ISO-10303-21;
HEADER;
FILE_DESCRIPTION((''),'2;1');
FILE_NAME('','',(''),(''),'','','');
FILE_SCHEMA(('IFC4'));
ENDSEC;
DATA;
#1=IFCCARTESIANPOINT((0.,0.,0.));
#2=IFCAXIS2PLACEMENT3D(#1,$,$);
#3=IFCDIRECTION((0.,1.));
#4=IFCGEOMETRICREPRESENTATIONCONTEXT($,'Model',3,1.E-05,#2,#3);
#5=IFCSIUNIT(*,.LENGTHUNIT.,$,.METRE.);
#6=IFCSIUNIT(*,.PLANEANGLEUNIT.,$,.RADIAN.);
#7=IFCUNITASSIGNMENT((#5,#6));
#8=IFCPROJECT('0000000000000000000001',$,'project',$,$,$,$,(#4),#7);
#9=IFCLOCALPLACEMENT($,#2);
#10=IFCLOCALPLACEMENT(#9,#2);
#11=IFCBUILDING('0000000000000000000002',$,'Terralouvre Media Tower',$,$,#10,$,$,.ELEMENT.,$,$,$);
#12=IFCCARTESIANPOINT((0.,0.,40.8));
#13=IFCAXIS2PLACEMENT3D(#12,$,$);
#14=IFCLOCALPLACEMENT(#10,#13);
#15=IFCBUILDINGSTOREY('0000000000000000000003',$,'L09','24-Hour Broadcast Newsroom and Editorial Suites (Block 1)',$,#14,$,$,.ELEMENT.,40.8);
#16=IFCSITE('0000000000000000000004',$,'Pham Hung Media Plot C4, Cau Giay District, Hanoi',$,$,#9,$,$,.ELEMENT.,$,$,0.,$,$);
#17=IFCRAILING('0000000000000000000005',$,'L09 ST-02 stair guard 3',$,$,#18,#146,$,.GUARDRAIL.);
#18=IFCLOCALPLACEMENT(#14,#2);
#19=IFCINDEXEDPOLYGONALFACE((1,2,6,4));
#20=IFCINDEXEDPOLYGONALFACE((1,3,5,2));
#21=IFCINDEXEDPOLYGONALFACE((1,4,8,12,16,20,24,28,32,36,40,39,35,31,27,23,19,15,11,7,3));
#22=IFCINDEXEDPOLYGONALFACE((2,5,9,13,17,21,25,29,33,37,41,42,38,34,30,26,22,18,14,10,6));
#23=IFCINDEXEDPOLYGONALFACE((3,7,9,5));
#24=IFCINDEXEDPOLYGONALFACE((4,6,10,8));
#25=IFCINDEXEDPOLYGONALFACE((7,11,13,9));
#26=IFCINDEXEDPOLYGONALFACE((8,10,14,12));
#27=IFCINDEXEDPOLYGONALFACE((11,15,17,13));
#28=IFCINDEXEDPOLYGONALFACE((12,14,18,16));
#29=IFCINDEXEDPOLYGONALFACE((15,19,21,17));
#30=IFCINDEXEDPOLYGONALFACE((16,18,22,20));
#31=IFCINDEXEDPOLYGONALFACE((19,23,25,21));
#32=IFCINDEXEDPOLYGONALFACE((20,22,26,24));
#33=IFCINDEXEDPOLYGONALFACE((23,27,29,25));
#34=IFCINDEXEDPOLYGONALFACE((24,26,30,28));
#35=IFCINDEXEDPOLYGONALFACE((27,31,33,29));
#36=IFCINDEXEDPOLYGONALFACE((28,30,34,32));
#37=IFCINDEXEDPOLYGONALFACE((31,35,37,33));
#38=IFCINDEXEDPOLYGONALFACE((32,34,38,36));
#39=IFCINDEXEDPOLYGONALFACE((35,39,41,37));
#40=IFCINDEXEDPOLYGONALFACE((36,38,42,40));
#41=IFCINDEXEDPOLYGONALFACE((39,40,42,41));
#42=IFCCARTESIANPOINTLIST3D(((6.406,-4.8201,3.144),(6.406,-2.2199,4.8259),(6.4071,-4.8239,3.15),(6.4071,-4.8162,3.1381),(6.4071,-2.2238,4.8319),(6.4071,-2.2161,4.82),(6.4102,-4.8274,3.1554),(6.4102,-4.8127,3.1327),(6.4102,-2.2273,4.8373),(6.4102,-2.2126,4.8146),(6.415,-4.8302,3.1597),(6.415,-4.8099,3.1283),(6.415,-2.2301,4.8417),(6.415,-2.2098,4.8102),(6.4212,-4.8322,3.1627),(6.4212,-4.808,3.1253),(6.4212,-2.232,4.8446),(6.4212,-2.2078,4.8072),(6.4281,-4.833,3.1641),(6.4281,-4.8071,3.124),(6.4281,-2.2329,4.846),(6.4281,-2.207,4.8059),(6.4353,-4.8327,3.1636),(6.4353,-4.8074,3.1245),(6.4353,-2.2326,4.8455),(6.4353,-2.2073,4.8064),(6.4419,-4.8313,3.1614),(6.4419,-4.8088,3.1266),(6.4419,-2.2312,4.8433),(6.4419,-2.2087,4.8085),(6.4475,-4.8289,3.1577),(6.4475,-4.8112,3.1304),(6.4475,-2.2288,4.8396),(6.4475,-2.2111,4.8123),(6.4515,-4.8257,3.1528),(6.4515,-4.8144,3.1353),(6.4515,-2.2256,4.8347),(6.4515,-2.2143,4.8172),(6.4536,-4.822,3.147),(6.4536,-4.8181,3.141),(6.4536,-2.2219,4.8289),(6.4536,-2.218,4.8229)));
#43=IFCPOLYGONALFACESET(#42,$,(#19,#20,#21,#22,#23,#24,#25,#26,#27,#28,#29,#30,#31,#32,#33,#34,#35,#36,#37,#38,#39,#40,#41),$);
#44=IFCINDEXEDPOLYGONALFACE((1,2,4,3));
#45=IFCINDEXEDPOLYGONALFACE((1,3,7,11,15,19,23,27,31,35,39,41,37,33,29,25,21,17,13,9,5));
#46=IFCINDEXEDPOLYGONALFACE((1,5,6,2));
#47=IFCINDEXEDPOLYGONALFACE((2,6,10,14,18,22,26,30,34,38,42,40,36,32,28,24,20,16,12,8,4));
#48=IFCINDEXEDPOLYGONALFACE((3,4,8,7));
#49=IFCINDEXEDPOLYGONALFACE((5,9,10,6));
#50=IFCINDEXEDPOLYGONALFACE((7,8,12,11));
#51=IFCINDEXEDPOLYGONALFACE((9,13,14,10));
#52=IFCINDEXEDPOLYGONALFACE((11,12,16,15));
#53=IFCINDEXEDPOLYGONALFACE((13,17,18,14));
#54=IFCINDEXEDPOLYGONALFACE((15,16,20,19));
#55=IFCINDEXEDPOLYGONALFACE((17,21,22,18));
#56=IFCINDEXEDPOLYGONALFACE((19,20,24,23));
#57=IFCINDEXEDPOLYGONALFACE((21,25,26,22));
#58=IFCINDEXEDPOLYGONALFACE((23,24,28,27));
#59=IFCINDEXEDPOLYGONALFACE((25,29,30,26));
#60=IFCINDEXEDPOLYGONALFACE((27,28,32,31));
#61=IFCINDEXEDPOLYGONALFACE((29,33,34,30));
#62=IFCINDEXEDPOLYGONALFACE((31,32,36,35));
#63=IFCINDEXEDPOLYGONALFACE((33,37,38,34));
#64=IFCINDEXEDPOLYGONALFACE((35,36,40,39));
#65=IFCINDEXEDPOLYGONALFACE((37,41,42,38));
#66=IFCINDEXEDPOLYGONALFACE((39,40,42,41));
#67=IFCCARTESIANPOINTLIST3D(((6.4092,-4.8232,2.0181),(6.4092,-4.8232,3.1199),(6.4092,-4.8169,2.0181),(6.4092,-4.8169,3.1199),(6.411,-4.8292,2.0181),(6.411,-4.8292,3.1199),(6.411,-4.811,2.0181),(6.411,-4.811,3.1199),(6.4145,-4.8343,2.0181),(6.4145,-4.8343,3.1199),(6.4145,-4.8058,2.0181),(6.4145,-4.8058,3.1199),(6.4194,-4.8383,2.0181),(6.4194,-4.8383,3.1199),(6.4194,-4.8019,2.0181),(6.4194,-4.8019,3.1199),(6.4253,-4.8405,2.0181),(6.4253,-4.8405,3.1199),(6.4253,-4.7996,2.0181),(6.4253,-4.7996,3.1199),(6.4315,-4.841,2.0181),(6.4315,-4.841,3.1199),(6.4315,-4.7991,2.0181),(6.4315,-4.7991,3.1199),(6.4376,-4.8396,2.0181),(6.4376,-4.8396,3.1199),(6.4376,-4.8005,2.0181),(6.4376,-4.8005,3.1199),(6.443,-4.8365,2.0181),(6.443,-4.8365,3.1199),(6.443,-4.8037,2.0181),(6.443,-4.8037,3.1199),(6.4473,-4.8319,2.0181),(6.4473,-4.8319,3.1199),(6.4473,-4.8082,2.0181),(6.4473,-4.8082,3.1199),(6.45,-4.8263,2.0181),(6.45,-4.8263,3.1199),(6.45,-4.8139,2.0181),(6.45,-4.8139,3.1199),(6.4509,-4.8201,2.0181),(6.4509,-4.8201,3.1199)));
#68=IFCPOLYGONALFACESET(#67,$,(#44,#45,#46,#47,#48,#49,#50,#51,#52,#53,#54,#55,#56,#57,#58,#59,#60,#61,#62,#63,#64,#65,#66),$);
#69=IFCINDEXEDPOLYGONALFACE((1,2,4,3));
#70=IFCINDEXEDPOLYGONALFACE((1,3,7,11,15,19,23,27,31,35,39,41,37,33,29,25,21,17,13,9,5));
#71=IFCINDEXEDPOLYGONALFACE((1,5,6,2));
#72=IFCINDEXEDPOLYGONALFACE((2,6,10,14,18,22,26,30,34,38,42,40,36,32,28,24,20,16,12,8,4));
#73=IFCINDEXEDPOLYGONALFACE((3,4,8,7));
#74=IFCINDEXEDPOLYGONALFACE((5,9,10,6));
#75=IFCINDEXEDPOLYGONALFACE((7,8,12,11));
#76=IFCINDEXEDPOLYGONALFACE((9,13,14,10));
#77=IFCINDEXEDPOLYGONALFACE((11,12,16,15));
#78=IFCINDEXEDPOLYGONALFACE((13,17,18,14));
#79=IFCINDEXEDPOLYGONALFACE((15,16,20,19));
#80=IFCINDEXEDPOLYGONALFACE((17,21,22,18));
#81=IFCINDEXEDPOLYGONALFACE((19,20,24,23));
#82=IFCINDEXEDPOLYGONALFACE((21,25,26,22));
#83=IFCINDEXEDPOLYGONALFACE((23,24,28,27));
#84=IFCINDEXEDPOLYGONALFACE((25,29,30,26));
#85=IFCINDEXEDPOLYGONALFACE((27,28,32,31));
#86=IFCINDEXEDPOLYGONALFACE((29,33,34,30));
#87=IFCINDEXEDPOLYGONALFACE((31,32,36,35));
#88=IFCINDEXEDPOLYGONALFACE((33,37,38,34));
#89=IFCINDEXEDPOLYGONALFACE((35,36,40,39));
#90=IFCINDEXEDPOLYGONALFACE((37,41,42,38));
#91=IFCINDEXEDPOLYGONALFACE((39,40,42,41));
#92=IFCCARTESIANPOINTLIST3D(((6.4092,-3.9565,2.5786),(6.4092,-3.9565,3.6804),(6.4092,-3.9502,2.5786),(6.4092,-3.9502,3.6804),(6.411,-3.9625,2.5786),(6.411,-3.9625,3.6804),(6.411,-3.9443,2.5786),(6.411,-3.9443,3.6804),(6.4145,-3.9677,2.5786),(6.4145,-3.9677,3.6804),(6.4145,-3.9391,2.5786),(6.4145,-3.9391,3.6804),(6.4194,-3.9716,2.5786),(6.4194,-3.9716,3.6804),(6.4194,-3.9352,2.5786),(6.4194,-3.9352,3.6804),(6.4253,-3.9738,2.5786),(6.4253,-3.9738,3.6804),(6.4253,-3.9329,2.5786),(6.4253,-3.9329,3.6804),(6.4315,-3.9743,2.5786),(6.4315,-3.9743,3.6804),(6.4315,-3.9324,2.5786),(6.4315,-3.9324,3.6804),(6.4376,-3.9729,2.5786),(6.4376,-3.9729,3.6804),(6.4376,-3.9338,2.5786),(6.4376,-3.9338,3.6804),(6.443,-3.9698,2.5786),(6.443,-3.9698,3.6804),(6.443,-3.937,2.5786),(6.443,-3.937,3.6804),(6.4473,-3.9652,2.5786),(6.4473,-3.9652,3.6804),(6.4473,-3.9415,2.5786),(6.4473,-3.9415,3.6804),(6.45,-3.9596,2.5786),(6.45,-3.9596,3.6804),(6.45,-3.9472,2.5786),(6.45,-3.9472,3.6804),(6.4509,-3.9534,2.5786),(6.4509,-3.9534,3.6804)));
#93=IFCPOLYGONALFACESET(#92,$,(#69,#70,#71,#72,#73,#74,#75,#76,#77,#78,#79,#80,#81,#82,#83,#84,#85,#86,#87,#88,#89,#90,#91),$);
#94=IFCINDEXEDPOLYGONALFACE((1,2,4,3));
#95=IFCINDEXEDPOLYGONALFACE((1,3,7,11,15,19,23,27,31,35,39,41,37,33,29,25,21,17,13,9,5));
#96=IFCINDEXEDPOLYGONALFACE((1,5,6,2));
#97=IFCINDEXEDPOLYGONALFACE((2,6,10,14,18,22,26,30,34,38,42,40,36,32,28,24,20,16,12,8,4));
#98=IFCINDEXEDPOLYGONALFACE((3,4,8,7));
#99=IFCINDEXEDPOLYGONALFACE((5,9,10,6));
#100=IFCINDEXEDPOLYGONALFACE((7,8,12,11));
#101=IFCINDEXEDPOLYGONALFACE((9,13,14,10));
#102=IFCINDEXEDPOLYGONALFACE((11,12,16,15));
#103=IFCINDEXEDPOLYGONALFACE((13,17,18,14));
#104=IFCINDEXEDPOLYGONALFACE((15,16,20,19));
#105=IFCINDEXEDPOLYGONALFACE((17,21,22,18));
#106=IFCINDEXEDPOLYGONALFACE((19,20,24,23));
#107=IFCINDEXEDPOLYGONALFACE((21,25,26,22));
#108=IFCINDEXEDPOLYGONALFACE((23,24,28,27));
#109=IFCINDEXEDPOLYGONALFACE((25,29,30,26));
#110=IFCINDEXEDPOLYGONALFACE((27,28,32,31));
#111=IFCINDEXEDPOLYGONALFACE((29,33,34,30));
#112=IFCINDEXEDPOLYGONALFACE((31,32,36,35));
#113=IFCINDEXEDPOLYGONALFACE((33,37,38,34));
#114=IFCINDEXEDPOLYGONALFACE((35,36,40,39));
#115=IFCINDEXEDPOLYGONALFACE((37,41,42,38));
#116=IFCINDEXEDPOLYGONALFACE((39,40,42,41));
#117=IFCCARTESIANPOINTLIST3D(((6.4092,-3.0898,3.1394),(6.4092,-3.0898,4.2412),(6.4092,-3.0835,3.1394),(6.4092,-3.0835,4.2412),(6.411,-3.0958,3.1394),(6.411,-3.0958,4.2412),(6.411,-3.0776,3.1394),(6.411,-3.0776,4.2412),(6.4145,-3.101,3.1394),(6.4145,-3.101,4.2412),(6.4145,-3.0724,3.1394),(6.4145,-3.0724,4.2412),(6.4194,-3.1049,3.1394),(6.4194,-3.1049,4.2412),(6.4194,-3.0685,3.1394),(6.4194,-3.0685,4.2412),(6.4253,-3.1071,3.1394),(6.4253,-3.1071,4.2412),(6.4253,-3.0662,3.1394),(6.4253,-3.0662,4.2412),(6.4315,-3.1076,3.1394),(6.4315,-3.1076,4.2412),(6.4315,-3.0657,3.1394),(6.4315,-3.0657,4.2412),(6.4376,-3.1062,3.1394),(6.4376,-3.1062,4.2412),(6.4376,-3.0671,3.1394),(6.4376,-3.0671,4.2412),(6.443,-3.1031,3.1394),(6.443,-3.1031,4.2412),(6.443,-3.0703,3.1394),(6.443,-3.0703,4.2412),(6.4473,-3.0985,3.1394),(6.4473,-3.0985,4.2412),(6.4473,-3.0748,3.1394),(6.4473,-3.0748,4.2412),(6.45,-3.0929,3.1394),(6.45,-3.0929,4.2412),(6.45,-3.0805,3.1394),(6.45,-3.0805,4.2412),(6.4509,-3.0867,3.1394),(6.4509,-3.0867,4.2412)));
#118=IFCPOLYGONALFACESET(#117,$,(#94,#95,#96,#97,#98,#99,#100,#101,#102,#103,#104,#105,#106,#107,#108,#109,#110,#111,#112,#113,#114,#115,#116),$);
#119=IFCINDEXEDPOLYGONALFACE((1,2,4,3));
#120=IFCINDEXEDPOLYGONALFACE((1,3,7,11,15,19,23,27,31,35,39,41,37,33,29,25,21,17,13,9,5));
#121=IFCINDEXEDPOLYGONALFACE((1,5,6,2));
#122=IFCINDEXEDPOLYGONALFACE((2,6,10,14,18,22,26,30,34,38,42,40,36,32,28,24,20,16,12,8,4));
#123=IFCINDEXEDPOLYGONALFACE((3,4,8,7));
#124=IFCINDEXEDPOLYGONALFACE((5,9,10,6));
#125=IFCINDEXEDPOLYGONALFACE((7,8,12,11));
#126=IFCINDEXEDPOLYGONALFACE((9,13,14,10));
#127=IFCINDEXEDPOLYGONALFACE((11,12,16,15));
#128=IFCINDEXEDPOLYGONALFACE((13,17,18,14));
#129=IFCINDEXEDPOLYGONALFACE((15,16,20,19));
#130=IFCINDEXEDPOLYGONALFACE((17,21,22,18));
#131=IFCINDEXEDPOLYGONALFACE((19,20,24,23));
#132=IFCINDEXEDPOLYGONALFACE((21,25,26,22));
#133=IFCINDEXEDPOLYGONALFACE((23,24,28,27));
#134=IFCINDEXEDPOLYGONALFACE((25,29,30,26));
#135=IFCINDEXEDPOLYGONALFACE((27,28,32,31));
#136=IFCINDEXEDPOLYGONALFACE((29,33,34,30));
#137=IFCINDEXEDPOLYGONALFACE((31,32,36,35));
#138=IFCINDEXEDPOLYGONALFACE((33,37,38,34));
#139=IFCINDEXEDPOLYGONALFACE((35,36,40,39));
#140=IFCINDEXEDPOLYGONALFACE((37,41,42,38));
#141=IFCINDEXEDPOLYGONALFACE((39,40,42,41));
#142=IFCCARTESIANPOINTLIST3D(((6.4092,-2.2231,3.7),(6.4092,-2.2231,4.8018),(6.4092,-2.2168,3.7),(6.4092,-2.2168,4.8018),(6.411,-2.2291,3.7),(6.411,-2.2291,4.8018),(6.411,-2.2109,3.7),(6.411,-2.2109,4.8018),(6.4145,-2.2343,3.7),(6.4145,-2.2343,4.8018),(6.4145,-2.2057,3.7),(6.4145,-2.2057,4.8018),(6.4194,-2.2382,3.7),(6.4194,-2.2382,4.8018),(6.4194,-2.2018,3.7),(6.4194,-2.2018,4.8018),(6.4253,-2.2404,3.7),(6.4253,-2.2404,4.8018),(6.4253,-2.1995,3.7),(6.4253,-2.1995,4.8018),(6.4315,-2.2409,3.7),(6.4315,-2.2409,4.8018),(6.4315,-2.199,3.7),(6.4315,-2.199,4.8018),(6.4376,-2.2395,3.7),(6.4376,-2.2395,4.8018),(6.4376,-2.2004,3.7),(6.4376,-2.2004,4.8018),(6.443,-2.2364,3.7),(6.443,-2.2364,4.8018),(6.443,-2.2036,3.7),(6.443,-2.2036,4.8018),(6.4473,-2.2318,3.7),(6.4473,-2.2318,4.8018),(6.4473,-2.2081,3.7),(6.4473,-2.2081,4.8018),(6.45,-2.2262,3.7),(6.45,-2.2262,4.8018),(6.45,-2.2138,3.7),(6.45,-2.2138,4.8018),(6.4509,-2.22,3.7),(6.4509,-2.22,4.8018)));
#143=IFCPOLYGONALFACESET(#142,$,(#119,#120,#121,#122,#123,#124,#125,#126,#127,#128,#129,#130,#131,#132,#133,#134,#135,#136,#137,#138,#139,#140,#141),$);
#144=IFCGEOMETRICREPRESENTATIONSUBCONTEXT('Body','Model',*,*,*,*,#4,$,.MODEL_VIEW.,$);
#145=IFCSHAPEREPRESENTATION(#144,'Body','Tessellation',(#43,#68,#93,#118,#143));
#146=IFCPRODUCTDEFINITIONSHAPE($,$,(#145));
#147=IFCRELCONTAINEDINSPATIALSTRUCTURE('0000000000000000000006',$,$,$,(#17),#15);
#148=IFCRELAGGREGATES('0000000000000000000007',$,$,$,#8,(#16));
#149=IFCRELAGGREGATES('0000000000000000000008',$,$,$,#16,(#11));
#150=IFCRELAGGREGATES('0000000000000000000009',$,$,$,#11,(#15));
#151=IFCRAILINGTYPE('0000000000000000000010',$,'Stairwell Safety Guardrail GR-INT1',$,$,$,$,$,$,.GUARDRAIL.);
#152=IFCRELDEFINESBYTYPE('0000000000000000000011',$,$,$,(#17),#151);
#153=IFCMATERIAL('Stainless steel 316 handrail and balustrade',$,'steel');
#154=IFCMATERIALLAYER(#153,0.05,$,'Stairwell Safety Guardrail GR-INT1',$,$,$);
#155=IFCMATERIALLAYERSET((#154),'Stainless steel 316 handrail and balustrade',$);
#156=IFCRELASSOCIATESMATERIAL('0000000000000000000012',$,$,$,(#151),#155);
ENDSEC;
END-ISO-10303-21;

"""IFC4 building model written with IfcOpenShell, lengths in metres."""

from ifc_helpers import new_model, si_unit, direction, frame, origin, origin_2d, place, context, subcontext, project, spatial, circle, extrude, material, layer, layer_set, type_object, element, save


model = new_model("IFC4")

# Units and contexts
model_context = context("Model", 3, precision=1e-05, world=origin(), true_north=direction((0.0, 1.0)))
body_context = subcontext(model_context, "Body", "Model", "MODEL_VIEW")
ifc_project = project(units=[si_unit("LENGTHUNIT", "METRE"), si_unit("PLANEANGLEUNIT", "RADIAN")], contexts=[model_context])

# Site, building, storey
site_placement = place(None, origin())
site = spatial("IfcSite", under=ifc_project, at=site_placement, Name="Pham Hung Media Plot C4, Cau Giay District, Hanoi", CompositionType="ELEMENT", RefElevation=0.0)
building_placement = place(site_placement, origin())
building = spatial("IfcBuilding", under=site, at=building_placement, Name="Terralouvre Media Tower", CompositionType="ELEMENT")
storey_placement = place(building_placement, frame((0.0, 0.0, 40.8)))
storey = spatial("IfcBuildingStorey", under=building, at=storey_placement, Name="L09", Description="24-Hour Broadcast Newsroom and Editorial Suites (Block 1)", CompositionType="ELEMENT", Elevation=40.8)

# Railing
ifc_material_1 = material(Name="Stainless steel 316 handrail and balustrade", Category="steel")
ifc_layer_1 = layer(ifc_material_1, 0.05, Name="Stairwell Safety Guardrail GR-INT1")
ifc_layer_set_1 = layer_set([ifc_layer_1], Name="Stainless steel 316 handrail and balustrade")
railing_type_1 = type_object("IfcRailingType", Name="Stairwell Safety Guardrail GR-INT1", PredefinedType="GUARDRAIL", material=ifc_layer_set_1)
railing_1_placement = place(storey_placement, frame((6.4299, -4.8201, 2.0181)))
element("IfcRailing", 1, at=railing_1_placement, inside=storey, type_object=railing_type_1, Name="L09 ST-02 stair guard 3", PredefinedType="GUARDRAIL", context=body_context, shape_type="SweptSolid", body=[
    extrude(circle(Radius=0.0239, at=origin_2d()), frame((0.0, 0.0, 1.126), z_axis=(0.0, 0.839648, 0.54313), x_axis=(-1.0, 0.0, 0.0)), (0.0, 0.0, 1.0), 3.0967),
    extrude(circle(Radius=0.021, at=origin_2d()), origin(), (0.0, 0.0, 1.0), 1.1018),
    extrude(circle(Radius=0.021, at=origin_2d()), frame((0.0, 0.8667, 0.5605)), (0.0, 0.0, 1.0), 1.1018),
    extrude(circle(Radius=0.021, at=origin_2d()), frame((0.0, 1.7334, 1.1213)), (0.0, 0.0, 1.0), 1.1018),
    extrude(circle(Radius=0.021, at=origin_2d()), frame((0.0, 2.6001, 1.6819)), (0.0, 0.0, 1.0), 1.1018),
])

save(model, "model.ifc")
